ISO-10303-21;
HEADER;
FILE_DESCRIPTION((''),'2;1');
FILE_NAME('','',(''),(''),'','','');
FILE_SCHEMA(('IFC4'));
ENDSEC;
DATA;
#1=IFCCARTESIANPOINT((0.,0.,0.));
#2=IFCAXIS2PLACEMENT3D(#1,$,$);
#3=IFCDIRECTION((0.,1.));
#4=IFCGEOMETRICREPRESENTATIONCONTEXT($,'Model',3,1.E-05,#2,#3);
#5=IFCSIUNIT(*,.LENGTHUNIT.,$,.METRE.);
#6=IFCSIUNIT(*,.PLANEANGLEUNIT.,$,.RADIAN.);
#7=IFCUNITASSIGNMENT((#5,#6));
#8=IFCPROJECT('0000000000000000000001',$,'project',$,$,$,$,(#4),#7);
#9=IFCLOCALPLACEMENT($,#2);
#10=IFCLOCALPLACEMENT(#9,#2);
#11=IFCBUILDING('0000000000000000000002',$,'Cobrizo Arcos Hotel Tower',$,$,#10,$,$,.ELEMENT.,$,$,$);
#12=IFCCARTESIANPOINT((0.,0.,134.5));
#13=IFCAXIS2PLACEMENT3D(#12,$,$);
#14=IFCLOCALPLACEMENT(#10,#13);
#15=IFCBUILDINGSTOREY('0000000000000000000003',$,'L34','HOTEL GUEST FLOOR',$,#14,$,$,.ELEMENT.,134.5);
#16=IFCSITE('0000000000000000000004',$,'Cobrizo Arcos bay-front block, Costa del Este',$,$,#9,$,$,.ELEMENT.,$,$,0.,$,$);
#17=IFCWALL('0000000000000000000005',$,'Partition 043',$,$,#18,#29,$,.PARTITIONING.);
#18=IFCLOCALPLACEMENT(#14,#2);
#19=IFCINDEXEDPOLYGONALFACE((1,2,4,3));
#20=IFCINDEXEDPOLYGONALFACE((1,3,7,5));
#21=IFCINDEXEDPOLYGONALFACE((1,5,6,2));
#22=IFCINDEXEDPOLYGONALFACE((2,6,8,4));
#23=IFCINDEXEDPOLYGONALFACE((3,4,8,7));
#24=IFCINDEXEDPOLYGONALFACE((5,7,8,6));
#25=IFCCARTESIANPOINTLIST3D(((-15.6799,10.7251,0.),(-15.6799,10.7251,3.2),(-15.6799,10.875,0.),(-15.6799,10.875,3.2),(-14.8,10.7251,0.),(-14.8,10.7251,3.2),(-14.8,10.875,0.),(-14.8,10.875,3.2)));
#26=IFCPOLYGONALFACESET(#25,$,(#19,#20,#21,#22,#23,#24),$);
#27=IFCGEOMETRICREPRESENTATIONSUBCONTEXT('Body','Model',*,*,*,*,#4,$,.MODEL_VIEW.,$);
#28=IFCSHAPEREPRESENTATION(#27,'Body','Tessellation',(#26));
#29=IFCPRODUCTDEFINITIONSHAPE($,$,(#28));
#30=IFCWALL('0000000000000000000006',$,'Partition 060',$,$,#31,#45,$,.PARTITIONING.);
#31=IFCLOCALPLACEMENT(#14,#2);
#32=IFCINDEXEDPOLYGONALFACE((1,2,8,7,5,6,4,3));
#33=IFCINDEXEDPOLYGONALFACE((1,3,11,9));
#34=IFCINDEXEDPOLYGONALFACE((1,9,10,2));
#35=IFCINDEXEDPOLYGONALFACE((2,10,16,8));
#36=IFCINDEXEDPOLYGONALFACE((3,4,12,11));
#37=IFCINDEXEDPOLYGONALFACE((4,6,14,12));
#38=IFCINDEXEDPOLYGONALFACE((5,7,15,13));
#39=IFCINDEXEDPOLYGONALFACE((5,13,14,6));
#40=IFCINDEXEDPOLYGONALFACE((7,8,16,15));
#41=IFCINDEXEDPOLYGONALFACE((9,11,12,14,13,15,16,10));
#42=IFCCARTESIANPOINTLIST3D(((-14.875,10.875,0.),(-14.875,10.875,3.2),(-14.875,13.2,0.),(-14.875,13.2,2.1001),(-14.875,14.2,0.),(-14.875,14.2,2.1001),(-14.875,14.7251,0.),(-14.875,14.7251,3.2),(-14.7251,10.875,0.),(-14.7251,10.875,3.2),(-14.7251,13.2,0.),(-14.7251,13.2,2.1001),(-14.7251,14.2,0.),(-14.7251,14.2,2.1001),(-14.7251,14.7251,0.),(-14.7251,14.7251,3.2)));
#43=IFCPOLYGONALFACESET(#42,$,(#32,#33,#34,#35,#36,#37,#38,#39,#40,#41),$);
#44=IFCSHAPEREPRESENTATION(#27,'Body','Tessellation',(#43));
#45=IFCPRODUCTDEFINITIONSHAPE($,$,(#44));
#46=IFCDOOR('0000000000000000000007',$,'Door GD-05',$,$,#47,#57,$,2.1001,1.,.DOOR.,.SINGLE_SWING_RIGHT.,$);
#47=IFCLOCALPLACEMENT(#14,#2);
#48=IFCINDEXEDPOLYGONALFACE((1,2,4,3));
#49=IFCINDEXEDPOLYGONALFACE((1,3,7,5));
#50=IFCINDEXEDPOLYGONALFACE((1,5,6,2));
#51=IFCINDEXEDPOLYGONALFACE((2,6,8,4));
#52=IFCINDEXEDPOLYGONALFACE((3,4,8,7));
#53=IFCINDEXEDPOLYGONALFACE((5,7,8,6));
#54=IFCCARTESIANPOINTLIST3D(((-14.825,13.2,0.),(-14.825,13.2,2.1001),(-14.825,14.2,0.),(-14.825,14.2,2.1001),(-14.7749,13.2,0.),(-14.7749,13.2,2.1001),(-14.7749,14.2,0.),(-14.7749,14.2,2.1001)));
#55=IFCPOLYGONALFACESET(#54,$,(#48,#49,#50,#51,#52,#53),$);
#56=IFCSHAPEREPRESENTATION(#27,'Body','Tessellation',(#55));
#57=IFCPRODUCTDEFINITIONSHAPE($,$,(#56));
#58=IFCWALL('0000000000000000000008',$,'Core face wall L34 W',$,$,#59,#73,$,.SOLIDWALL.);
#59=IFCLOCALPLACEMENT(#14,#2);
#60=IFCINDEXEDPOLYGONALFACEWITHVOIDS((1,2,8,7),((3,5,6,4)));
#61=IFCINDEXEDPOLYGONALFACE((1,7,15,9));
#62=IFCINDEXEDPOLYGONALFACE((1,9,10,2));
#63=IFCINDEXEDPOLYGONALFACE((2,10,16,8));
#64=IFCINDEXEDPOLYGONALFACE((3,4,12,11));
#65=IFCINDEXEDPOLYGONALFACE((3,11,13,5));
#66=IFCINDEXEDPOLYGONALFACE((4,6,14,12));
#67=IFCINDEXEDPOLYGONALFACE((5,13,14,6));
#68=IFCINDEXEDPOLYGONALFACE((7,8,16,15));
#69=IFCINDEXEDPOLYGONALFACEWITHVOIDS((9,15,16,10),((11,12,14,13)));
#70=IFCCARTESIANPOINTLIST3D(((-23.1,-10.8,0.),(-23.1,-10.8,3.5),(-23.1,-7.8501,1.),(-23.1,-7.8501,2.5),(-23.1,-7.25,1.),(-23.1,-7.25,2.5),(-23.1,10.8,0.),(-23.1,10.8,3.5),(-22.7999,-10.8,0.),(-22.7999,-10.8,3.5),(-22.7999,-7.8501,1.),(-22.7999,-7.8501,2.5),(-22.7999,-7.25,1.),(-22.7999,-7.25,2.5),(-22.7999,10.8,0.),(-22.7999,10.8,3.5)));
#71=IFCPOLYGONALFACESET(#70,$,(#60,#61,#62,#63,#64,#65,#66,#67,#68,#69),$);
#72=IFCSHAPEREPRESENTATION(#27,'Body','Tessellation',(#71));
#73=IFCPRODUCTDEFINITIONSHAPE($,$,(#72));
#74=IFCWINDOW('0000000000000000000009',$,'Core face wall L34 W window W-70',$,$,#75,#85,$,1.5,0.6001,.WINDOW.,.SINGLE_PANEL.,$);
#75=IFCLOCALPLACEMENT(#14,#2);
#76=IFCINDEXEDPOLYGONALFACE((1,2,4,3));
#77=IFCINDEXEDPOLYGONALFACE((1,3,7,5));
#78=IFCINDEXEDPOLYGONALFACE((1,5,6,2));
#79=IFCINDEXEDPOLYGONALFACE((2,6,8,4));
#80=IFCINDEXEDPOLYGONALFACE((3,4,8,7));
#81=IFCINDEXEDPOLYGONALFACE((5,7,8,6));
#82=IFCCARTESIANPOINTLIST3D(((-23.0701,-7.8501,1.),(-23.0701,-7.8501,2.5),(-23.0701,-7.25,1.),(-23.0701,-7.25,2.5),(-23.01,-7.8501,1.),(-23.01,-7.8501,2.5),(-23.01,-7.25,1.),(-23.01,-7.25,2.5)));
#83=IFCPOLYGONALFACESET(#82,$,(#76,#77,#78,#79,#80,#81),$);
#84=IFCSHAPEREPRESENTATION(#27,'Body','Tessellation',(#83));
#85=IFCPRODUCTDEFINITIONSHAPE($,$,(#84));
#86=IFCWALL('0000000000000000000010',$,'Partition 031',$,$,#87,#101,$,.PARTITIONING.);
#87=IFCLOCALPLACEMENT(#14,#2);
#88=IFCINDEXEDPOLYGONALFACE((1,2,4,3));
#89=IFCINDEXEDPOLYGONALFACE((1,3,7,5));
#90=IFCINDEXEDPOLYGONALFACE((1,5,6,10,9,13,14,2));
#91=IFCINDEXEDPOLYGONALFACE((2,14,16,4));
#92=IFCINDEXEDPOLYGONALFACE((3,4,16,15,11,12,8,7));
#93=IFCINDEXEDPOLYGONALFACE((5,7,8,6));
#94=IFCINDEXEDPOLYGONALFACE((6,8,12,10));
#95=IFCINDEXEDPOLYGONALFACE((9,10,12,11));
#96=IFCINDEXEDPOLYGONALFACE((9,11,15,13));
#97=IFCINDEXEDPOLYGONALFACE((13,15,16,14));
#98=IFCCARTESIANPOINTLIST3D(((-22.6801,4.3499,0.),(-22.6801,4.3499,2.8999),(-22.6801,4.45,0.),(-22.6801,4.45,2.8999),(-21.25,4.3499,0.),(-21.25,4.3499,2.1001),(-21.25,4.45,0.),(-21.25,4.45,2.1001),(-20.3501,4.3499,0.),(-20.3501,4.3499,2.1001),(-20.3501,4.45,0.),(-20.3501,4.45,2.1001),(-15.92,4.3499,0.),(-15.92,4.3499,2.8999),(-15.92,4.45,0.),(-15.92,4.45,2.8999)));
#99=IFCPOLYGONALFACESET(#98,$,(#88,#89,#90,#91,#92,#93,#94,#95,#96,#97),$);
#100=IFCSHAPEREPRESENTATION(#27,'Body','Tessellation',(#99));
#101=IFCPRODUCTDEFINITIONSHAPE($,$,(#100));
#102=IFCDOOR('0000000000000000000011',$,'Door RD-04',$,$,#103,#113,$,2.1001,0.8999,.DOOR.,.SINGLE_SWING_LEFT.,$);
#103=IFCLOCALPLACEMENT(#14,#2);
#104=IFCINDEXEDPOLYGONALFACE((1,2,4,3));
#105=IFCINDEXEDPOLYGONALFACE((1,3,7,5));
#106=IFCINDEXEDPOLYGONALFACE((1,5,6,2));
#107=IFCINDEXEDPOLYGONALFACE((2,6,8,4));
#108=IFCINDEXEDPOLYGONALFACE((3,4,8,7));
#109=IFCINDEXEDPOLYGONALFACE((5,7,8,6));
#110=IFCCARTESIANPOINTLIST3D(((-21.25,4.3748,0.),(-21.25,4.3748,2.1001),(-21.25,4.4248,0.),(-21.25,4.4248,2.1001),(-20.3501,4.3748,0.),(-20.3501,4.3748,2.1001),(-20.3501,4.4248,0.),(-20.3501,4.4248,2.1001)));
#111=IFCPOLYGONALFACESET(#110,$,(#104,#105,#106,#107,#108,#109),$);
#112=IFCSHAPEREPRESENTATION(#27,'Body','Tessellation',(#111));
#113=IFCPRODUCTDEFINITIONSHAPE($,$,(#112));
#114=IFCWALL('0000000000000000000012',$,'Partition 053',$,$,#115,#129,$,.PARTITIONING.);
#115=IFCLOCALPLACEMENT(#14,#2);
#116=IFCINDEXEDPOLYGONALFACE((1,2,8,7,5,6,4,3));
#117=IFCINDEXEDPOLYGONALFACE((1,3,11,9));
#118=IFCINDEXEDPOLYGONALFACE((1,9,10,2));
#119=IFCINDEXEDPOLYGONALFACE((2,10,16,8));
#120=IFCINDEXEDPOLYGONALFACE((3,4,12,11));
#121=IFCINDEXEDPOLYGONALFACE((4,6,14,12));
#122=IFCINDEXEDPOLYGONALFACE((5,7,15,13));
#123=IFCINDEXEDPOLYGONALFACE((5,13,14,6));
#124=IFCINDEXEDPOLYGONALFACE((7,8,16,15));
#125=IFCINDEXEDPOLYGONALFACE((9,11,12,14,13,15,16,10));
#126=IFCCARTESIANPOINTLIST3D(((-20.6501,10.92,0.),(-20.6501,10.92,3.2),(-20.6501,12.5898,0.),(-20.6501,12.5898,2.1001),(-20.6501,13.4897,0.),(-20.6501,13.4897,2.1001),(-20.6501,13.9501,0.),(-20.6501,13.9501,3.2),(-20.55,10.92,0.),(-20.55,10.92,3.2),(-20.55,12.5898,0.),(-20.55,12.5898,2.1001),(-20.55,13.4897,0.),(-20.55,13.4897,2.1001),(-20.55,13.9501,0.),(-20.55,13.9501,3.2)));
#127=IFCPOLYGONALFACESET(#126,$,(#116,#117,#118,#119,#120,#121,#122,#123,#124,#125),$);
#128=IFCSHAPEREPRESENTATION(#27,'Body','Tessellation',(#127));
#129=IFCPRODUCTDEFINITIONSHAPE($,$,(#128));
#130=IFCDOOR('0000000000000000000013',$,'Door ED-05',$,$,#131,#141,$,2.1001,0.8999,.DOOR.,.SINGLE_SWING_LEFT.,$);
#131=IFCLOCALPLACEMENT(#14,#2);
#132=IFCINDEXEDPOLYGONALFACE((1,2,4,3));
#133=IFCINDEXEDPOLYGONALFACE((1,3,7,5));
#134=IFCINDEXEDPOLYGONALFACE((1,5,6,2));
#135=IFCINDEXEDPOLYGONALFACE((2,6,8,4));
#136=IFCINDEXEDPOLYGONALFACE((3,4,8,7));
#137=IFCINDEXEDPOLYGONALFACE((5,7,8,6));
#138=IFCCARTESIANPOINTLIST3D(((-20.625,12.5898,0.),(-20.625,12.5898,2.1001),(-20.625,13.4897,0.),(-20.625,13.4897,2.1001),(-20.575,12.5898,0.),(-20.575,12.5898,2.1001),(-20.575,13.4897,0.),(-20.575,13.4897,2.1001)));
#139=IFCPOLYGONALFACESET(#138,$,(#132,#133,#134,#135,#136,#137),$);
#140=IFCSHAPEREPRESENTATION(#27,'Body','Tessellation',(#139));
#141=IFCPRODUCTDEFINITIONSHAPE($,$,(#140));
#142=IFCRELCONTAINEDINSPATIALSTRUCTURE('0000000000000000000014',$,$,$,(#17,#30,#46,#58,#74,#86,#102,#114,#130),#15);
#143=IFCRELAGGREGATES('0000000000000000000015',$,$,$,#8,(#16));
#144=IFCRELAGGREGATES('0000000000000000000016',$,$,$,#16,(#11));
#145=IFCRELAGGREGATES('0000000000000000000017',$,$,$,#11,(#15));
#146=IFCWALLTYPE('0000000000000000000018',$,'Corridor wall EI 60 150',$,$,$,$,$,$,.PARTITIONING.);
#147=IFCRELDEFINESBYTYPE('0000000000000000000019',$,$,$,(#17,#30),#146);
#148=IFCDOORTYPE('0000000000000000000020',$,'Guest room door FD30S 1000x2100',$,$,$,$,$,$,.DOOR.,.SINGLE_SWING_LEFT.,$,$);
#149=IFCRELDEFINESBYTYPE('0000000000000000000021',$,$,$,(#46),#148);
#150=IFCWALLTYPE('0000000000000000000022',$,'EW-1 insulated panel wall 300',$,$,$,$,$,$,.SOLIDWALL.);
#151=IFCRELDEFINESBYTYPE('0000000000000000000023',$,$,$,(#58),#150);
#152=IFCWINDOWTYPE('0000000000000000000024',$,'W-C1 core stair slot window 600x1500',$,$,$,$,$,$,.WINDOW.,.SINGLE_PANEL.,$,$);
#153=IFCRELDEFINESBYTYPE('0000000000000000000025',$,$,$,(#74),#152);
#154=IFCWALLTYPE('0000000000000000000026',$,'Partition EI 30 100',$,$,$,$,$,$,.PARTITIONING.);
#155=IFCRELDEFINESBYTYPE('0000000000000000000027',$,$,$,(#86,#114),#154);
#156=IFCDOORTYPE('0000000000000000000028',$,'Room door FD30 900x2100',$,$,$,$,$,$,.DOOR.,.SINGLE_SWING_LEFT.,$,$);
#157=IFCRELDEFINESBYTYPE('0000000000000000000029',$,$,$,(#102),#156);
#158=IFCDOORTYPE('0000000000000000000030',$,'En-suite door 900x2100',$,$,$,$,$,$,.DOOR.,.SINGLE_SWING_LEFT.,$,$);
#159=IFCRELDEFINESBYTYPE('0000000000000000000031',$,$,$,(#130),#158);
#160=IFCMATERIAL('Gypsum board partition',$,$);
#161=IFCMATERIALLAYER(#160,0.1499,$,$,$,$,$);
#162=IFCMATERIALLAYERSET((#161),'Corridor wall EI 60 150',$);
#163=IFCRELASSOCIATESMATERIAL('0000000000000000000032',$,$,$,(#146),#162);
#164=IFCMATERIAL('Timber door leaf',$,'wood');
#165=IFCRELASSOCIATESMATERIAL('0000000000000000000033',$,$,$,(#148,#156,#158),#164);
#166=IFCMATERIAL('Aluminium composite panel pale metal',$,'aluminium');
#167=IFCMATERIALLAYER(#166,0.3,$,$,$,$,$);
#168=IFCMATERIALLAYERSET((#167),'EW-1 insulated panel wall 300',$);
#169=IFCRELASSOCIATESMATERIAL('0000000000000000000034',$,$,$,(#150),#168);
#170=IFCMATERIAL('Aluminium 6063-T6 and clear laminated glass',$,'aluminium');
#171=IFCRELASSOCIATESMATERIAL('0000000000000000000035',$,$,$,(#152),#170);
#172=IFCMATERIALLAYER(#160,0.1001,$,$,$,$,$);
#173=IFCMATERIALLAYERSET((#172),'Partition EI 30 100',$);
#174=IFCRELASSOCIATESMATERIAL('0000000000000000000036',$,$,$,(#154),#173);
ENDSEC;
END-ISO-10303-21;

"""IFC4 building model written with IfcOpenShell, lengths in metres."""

from ifc_helpers import new_model, si_unit, direction, frame, frame_2d, origin, place, context, subcontext, project, spatial, rectangle, extrude, material, layer, layer_set, type_object, element, fill, save


model = new_model("IFC4")

# Units and contexts
model_context = context("Model", 3, precision=1e-05, world=origin(), true_north=direction((0.0, 1.0)))
body_context = subcontext(model_context, "Body", "Model", "MODEL_VIEW")
ifc_project = project(units=[si_unit("LENGTHUNIT", "METRE"), si_unit("PLANEANGLEUNIT", "RADIAN")], contexts=[model_context])

# Site, building, storey
site_placement = place(None, origin())
site = spatial("IfcSite", under=ifc_project, at=site_placement, Name="Cobrizo Arcos bay-front block, Costa del Este", CompositionType="ELEMENT", RefElevation=0.0)
building_placement = place(site_placement, origin())
building = spatial("IfcBuilding", under=site, at=building_placement, Name="Cobrizo Arcos Hotel Tower", CompositionType="ELEMENT")
storey_placement = place(building_placement, frame((0.0, 0.0, 134.5)))
storey = spatial("IfcBuildingStorey", under=building, at=storey_placement, Name="L34", Description="HOTEL GUEST FLOOR", CompositionType="ELEMENT", Elevation=134.5)

# Shared definitions
ifc_material_1 = material(Name="Aluminium composite panel pale metal", Category="aluminium")

# Wall
ifc_material_2 = material(Name="Gypsum board partition")
ifc_layer_1 = layer(ifc_material_2, 0.1499)
ifc_layer_set_1 = layer_set([ifc_layer_1], Name="Corridor wall EI 60 150")
wall_type_1 = type_object("IfcWallType", Name="Corridor wall EI 60 150", PredefinedType="PARTITIONING", material=ifc_layer_set_1)
wall_1_placement = place(storey_placement, frame((-15.6799, 10.8, 0.0), z_axis=(0.0, 0.0, 1.0), x_axis=(1.0, 0.0, 0.0)))
element("IfcWall", 1, at=wall_1_placement, inside=storey, type_object=wall_type_1, Name="Partition 043", PredefinedType="PARTITIONING", context=body_context, shape_type="SweptSolid", body=[
    extrude(rectangle(XDim=0.8799, YDim=0.1499, at=frame_2d((0.4399, 0.0))), origin(), (0.0, 0.0, 1.0), 3.2),
])

# Wall, opening, door
wall_2_placement = place(storey_placement, frame((-14.8, 10.875, 0.0), z_axis=(0.0, 0.0, 1.0), x_axis=(0.0, 1.0, 0.0)))
wall_2 = element("IfcWall", 2, at=wall_2_placement, inside=storey, type_object=wall_type_1, Name="Partition 060", PredefinedType="PARTITIONING", context=body_context, shape_type="SweptSolid", body=[
    extrude(rectangle(XDim=3.8501, YDim=0.1499, at=frame_2d((1.925, 0.0))), origin(), (0.0, 0.0, 1.0), 3.2),
])
opening_1_placement = place(wall_2_placement, frame((2.325, 0.0, 0.0)))
opening_1 = element("IfcOpeningElement", 3, at=opening_1_placement, cuts=wall_2, PredefinedType="OPENING", context=body_context, shape_type="SweptSolid", body=[
    extrude(rectangle(XDim=1.0, YDim=2.1001, at=frame_2d((0.5, 1.05))), frame((0.0, 0.0869, 0.0), z_axis=(0.0, -1.0, 0.0), x_axis=(1.0, 0.0, 0.0)), (0.0, 0.0, 1.0), 0.1738),
])
ifc_material_3 = material(Name="Timber door leaf", Category="wood")
door_type_1 = type_object("IfcDoorType", Name="Guest room door FD30S 1000x2100", OperationType="SINGLE_SWING_LEFT", PredefinedType="DOOR", material=ifc_material_3)
door_1_placement = place(opening_1_placement, origin())
door_1 = element("IfcDoor", 4, at=door_1_placement, inside=storey, type_object=door_type_1, Name="Door GD-05", OperationType="SINGLE_SWING_RIGHT", OverallHeight=2.1001, OverallWidth=1.0, PredefinedType="DOOR", context=body_context, shape_type="SweptSolid", body=[
    extrude(rectangle(XDim=1.0, YDim=2.1001, at=frame_2d((0.5, 1.05))), frame((0.0, 0.0249, 0.0), z_axis=(0.0, -1.0, 0.0), x_axis=(1.0, 0.0, 0.0)), (0.0, 0.0, 1.0), 0.05),
])
fill(opening_1, door_1)

# Wall, opening, window
ifc_layer_2 = layer(ifc_material_1, 0.3)
ifc_layer_set_2 = layer_set([ifc_layer_2], Name="EW-1 insulated panel wall 300")
wall_type_2 = type_object("IfcWallType", Name="EW-1 insulated panel wall 300", PredefinedType="SOLIDWALL", material=ifc_layer_set_2)
wall_3_placement = place(storey_placement, frame((-22.95, 10.8, 0.0), z_axis=(0.0, 0.0, 1.0), x_axis=(0.0, -1.0, 0.0)))
wall_3 = element("IfcWall", 5, at=wall_3_placement, inside=storey, type_object=wall_type_2, Name="Core face wall L34 W", PredefinedType="SOLIDWALL", context=body_context, shape_type="SweptSolid", body=[
    extrude(rectangle(XDim=21.6001, YDim=0.3, at=frame_2d((10.8, 0.0))), origin(), (0.0, 0.0, 1.0), 3.5),
])
opening_2_placement = place(wall_3_placement, frame((18.05, 0.0, 1.0)))
opening_2 = element("IfcOpeningElement", 6, at=opening_2_placement, cuts=wall_3, PredefinedType="OPENING", context=body_context, shape_type="SweptSolid", body=[
    extrude(rectangle(XDim=0.6001, YDim=1.5, at=frame_2d((0.3, 0.75))), frame((0.0, 0.1621, 0.0), z_axis=(0.0, -1.0, 0.0), x_axis=(1.0, 0.0, 0.0)), (0.0, 0.0, 1.0), 0.324),
])
ifc_material_4 = material(Name="Aluminium 6063-T6 and clear laminated glass", Category="aluminium")
window_type = type_object("IfcWindowType", Name="W-C1 core stair slot window 600x1500", PartitioningType="SINGLE_PANEL", PredefinedType="WINDOW", material=ifc_material_4)
window_placement = place(opening_2_placement, origin())
window = element("IfcWindow", 7, at=window_placement, inside=storey, type_object=window_type, Name="Core face wall L34 W window W-70", OverallHeight=1.5, OverallWidth=0.6001, PartitioningType="SINGLE_PANEL", PredefinedType="WINDOW", context=body_context, shape_type="SweptSolid", body=[
    extrude(rectangle(XDim=0.6001, YDim=1.5, at=frame_2d((0.3, 0.75))), frame((0.0, -0.0601, 0.0), z_axis=(0.0, -1.0, 0.0), x_axis=(1.0, 0.0, 0.0)), (0.0, 0.0, 1.0), 0.0601),
])
fill(opening_2, window)

# Walls, openings, doors
ifc_layer_3 = layer(ifc_material_2, 0.1001)
ifc_layer_set_3 = layer_set([ifc_layer_3], Name="Partition EI 30 100")
wall_type_3 = type_object("IfcWallType", Name="Partition EI 30 100", PredefinedType="PARTITIONING", material=ifc_layer_set_3)
wall_4_placement = place(storey_placement, frame((-22.6799, 4.3999, 0.0), z_axis=(0.0, 0.0, 1.0), x_axis=(1.0, 0.0, 0.0)))
wall_4 = element("IfcWall", 8, at=wall_4_placement, inside=storey, type_object=wall_type_3, Name="Partition 031", PredefinedType="PARTITIONING", context=body_context, shape_type="SweptSolid", body=[
    extrude(rectangle(XDim=6.76, YDim=0.1001, at=frame_2d((3.3799, 0.0))), origin(), (0.0, 0.0, 1.0), 2.8999),
])
opening_3_placement = place(wall_4_placement, frame((1.4299, 0.0, 0.0)))
opening_3 = element("IfcOpeningElement", 9, at=opening_3_placement, cuts=wall_4, PredefinedType="OPENING", context=body_context, shape_type="SweptSolid", body=[
    extrude(rectangle(XDim=0.8999, YDim=2.1001, at=frame_2d((0.45, 1.05))), frame((0.0, 0.062, 0.0), z_axis=(0.0, -1.0, 0.0), x_axis=(1.0, 0.0, 0.0)), (0.0, 0.0, 1.0), 0.124),
])
door_type_2 = type_object("IfcDoorType", Name="Room door FD30 900x2100", OperationType="SINGLE_SWING_LEFT", PredefinedType="DOOR", material=ifc_material_3)
door_2_placement = place(opening_3_placement, origin())
door_2 = element("IfcDoor", 10, at=door_2_placement, inside=storey, type_object=door_type_2, Name="Door RD-04", OperationType="SINGLE_SWING_LEFT", OverallHeight=2.1001, OverallWidth=0.8999, PredefinedType="DOOR", context=body_context, shape_type="SweptSolid", body=[
    extrude(rectangle(XDim=0.8999, YDim=2.1001, at=frame_2d((0.45, 1.05))), frame((0.0, 0.0249, 0.0), z_axis=(0.0, -1.0, 0.0), x_axis=(1.0, 0.0, 0.0)), (0.0, 0.0, 1.0), 0.05),
])
fill(opening_3, door_2)
wall_5_placement = place(storey_placement, frame((-20.6001, 10.9199, 0.0), z_axis=(0.0, 0.0, 1.0), x_axis=(0.0, 1.0, 0.0)))
wall_5 = element("IfcWall", 11, at=wall_5_placement, inside=storey, type_object=wall_type_3, Name="Partition 053", PredefinedType="PARTITIONING", context=body_context, shape_type="SweptSolid", body=[
    extrude(rectangle(XDim=3.03, YDim=0.1001, at=frame_2d((1.5151, 0.0))), origin(), (0.0, 0.0, 1.0), 3.2),
])
opening_4_placement = place(wall_5_placement, frame((1.6699, 0.0, 0.0)))
opening_4 = element("IfcOpeningElement", 12, at=opening_4_placement, cuts=wall_5, PredefinedType="OPENING", context=body_context, shape_type="SweptSolid", body=[
    extrude(rectangle(XDim=0.8999, YDim=2.1001, at=frame_2d((0.45, 1.05))), frame((0.0, 0.062, 0.0), z_axis=(0.0, -1.0, 0.0), x_axis=(1.0, 0.0, 0.0)), (0.0, 0.0, 1.0), 0.124),
])
door_type_3 = type_object("IfcDoorType", Name="En-suite door 900x2100", OperationType="SINGLE_SWING_LEFT", PredefinedType="DOOR", material=ifc_material_3)
door_3_placement = place(opening_4_placement, origin())
door_3 = element("IfcDoor", 13, at=door_3_placement, inside=storey, type_object=door_type_3, Name="Door ED-05", OperationType="SINGLE_SWING_LEFT", OverallHeight=2.1001, OverallWidth=0.8999, PredefinedType="DOOR", context=body_context, shape_type="SweptSolid", body=[
    extrude(rectangle(XDim=0.8999, YDim=2.1001, at=frame_2d((0.45, 1.05))), frame((0.0, 0.0249, 0.0), z_axis=(0.0, -1.0, 0.0), x_axis=(1.0, 0.0, 0.0)), (0.0, 0.0, 1.0), 0.05),
])
fill(opening_4, door_3)

save(model, "model.ifc")
